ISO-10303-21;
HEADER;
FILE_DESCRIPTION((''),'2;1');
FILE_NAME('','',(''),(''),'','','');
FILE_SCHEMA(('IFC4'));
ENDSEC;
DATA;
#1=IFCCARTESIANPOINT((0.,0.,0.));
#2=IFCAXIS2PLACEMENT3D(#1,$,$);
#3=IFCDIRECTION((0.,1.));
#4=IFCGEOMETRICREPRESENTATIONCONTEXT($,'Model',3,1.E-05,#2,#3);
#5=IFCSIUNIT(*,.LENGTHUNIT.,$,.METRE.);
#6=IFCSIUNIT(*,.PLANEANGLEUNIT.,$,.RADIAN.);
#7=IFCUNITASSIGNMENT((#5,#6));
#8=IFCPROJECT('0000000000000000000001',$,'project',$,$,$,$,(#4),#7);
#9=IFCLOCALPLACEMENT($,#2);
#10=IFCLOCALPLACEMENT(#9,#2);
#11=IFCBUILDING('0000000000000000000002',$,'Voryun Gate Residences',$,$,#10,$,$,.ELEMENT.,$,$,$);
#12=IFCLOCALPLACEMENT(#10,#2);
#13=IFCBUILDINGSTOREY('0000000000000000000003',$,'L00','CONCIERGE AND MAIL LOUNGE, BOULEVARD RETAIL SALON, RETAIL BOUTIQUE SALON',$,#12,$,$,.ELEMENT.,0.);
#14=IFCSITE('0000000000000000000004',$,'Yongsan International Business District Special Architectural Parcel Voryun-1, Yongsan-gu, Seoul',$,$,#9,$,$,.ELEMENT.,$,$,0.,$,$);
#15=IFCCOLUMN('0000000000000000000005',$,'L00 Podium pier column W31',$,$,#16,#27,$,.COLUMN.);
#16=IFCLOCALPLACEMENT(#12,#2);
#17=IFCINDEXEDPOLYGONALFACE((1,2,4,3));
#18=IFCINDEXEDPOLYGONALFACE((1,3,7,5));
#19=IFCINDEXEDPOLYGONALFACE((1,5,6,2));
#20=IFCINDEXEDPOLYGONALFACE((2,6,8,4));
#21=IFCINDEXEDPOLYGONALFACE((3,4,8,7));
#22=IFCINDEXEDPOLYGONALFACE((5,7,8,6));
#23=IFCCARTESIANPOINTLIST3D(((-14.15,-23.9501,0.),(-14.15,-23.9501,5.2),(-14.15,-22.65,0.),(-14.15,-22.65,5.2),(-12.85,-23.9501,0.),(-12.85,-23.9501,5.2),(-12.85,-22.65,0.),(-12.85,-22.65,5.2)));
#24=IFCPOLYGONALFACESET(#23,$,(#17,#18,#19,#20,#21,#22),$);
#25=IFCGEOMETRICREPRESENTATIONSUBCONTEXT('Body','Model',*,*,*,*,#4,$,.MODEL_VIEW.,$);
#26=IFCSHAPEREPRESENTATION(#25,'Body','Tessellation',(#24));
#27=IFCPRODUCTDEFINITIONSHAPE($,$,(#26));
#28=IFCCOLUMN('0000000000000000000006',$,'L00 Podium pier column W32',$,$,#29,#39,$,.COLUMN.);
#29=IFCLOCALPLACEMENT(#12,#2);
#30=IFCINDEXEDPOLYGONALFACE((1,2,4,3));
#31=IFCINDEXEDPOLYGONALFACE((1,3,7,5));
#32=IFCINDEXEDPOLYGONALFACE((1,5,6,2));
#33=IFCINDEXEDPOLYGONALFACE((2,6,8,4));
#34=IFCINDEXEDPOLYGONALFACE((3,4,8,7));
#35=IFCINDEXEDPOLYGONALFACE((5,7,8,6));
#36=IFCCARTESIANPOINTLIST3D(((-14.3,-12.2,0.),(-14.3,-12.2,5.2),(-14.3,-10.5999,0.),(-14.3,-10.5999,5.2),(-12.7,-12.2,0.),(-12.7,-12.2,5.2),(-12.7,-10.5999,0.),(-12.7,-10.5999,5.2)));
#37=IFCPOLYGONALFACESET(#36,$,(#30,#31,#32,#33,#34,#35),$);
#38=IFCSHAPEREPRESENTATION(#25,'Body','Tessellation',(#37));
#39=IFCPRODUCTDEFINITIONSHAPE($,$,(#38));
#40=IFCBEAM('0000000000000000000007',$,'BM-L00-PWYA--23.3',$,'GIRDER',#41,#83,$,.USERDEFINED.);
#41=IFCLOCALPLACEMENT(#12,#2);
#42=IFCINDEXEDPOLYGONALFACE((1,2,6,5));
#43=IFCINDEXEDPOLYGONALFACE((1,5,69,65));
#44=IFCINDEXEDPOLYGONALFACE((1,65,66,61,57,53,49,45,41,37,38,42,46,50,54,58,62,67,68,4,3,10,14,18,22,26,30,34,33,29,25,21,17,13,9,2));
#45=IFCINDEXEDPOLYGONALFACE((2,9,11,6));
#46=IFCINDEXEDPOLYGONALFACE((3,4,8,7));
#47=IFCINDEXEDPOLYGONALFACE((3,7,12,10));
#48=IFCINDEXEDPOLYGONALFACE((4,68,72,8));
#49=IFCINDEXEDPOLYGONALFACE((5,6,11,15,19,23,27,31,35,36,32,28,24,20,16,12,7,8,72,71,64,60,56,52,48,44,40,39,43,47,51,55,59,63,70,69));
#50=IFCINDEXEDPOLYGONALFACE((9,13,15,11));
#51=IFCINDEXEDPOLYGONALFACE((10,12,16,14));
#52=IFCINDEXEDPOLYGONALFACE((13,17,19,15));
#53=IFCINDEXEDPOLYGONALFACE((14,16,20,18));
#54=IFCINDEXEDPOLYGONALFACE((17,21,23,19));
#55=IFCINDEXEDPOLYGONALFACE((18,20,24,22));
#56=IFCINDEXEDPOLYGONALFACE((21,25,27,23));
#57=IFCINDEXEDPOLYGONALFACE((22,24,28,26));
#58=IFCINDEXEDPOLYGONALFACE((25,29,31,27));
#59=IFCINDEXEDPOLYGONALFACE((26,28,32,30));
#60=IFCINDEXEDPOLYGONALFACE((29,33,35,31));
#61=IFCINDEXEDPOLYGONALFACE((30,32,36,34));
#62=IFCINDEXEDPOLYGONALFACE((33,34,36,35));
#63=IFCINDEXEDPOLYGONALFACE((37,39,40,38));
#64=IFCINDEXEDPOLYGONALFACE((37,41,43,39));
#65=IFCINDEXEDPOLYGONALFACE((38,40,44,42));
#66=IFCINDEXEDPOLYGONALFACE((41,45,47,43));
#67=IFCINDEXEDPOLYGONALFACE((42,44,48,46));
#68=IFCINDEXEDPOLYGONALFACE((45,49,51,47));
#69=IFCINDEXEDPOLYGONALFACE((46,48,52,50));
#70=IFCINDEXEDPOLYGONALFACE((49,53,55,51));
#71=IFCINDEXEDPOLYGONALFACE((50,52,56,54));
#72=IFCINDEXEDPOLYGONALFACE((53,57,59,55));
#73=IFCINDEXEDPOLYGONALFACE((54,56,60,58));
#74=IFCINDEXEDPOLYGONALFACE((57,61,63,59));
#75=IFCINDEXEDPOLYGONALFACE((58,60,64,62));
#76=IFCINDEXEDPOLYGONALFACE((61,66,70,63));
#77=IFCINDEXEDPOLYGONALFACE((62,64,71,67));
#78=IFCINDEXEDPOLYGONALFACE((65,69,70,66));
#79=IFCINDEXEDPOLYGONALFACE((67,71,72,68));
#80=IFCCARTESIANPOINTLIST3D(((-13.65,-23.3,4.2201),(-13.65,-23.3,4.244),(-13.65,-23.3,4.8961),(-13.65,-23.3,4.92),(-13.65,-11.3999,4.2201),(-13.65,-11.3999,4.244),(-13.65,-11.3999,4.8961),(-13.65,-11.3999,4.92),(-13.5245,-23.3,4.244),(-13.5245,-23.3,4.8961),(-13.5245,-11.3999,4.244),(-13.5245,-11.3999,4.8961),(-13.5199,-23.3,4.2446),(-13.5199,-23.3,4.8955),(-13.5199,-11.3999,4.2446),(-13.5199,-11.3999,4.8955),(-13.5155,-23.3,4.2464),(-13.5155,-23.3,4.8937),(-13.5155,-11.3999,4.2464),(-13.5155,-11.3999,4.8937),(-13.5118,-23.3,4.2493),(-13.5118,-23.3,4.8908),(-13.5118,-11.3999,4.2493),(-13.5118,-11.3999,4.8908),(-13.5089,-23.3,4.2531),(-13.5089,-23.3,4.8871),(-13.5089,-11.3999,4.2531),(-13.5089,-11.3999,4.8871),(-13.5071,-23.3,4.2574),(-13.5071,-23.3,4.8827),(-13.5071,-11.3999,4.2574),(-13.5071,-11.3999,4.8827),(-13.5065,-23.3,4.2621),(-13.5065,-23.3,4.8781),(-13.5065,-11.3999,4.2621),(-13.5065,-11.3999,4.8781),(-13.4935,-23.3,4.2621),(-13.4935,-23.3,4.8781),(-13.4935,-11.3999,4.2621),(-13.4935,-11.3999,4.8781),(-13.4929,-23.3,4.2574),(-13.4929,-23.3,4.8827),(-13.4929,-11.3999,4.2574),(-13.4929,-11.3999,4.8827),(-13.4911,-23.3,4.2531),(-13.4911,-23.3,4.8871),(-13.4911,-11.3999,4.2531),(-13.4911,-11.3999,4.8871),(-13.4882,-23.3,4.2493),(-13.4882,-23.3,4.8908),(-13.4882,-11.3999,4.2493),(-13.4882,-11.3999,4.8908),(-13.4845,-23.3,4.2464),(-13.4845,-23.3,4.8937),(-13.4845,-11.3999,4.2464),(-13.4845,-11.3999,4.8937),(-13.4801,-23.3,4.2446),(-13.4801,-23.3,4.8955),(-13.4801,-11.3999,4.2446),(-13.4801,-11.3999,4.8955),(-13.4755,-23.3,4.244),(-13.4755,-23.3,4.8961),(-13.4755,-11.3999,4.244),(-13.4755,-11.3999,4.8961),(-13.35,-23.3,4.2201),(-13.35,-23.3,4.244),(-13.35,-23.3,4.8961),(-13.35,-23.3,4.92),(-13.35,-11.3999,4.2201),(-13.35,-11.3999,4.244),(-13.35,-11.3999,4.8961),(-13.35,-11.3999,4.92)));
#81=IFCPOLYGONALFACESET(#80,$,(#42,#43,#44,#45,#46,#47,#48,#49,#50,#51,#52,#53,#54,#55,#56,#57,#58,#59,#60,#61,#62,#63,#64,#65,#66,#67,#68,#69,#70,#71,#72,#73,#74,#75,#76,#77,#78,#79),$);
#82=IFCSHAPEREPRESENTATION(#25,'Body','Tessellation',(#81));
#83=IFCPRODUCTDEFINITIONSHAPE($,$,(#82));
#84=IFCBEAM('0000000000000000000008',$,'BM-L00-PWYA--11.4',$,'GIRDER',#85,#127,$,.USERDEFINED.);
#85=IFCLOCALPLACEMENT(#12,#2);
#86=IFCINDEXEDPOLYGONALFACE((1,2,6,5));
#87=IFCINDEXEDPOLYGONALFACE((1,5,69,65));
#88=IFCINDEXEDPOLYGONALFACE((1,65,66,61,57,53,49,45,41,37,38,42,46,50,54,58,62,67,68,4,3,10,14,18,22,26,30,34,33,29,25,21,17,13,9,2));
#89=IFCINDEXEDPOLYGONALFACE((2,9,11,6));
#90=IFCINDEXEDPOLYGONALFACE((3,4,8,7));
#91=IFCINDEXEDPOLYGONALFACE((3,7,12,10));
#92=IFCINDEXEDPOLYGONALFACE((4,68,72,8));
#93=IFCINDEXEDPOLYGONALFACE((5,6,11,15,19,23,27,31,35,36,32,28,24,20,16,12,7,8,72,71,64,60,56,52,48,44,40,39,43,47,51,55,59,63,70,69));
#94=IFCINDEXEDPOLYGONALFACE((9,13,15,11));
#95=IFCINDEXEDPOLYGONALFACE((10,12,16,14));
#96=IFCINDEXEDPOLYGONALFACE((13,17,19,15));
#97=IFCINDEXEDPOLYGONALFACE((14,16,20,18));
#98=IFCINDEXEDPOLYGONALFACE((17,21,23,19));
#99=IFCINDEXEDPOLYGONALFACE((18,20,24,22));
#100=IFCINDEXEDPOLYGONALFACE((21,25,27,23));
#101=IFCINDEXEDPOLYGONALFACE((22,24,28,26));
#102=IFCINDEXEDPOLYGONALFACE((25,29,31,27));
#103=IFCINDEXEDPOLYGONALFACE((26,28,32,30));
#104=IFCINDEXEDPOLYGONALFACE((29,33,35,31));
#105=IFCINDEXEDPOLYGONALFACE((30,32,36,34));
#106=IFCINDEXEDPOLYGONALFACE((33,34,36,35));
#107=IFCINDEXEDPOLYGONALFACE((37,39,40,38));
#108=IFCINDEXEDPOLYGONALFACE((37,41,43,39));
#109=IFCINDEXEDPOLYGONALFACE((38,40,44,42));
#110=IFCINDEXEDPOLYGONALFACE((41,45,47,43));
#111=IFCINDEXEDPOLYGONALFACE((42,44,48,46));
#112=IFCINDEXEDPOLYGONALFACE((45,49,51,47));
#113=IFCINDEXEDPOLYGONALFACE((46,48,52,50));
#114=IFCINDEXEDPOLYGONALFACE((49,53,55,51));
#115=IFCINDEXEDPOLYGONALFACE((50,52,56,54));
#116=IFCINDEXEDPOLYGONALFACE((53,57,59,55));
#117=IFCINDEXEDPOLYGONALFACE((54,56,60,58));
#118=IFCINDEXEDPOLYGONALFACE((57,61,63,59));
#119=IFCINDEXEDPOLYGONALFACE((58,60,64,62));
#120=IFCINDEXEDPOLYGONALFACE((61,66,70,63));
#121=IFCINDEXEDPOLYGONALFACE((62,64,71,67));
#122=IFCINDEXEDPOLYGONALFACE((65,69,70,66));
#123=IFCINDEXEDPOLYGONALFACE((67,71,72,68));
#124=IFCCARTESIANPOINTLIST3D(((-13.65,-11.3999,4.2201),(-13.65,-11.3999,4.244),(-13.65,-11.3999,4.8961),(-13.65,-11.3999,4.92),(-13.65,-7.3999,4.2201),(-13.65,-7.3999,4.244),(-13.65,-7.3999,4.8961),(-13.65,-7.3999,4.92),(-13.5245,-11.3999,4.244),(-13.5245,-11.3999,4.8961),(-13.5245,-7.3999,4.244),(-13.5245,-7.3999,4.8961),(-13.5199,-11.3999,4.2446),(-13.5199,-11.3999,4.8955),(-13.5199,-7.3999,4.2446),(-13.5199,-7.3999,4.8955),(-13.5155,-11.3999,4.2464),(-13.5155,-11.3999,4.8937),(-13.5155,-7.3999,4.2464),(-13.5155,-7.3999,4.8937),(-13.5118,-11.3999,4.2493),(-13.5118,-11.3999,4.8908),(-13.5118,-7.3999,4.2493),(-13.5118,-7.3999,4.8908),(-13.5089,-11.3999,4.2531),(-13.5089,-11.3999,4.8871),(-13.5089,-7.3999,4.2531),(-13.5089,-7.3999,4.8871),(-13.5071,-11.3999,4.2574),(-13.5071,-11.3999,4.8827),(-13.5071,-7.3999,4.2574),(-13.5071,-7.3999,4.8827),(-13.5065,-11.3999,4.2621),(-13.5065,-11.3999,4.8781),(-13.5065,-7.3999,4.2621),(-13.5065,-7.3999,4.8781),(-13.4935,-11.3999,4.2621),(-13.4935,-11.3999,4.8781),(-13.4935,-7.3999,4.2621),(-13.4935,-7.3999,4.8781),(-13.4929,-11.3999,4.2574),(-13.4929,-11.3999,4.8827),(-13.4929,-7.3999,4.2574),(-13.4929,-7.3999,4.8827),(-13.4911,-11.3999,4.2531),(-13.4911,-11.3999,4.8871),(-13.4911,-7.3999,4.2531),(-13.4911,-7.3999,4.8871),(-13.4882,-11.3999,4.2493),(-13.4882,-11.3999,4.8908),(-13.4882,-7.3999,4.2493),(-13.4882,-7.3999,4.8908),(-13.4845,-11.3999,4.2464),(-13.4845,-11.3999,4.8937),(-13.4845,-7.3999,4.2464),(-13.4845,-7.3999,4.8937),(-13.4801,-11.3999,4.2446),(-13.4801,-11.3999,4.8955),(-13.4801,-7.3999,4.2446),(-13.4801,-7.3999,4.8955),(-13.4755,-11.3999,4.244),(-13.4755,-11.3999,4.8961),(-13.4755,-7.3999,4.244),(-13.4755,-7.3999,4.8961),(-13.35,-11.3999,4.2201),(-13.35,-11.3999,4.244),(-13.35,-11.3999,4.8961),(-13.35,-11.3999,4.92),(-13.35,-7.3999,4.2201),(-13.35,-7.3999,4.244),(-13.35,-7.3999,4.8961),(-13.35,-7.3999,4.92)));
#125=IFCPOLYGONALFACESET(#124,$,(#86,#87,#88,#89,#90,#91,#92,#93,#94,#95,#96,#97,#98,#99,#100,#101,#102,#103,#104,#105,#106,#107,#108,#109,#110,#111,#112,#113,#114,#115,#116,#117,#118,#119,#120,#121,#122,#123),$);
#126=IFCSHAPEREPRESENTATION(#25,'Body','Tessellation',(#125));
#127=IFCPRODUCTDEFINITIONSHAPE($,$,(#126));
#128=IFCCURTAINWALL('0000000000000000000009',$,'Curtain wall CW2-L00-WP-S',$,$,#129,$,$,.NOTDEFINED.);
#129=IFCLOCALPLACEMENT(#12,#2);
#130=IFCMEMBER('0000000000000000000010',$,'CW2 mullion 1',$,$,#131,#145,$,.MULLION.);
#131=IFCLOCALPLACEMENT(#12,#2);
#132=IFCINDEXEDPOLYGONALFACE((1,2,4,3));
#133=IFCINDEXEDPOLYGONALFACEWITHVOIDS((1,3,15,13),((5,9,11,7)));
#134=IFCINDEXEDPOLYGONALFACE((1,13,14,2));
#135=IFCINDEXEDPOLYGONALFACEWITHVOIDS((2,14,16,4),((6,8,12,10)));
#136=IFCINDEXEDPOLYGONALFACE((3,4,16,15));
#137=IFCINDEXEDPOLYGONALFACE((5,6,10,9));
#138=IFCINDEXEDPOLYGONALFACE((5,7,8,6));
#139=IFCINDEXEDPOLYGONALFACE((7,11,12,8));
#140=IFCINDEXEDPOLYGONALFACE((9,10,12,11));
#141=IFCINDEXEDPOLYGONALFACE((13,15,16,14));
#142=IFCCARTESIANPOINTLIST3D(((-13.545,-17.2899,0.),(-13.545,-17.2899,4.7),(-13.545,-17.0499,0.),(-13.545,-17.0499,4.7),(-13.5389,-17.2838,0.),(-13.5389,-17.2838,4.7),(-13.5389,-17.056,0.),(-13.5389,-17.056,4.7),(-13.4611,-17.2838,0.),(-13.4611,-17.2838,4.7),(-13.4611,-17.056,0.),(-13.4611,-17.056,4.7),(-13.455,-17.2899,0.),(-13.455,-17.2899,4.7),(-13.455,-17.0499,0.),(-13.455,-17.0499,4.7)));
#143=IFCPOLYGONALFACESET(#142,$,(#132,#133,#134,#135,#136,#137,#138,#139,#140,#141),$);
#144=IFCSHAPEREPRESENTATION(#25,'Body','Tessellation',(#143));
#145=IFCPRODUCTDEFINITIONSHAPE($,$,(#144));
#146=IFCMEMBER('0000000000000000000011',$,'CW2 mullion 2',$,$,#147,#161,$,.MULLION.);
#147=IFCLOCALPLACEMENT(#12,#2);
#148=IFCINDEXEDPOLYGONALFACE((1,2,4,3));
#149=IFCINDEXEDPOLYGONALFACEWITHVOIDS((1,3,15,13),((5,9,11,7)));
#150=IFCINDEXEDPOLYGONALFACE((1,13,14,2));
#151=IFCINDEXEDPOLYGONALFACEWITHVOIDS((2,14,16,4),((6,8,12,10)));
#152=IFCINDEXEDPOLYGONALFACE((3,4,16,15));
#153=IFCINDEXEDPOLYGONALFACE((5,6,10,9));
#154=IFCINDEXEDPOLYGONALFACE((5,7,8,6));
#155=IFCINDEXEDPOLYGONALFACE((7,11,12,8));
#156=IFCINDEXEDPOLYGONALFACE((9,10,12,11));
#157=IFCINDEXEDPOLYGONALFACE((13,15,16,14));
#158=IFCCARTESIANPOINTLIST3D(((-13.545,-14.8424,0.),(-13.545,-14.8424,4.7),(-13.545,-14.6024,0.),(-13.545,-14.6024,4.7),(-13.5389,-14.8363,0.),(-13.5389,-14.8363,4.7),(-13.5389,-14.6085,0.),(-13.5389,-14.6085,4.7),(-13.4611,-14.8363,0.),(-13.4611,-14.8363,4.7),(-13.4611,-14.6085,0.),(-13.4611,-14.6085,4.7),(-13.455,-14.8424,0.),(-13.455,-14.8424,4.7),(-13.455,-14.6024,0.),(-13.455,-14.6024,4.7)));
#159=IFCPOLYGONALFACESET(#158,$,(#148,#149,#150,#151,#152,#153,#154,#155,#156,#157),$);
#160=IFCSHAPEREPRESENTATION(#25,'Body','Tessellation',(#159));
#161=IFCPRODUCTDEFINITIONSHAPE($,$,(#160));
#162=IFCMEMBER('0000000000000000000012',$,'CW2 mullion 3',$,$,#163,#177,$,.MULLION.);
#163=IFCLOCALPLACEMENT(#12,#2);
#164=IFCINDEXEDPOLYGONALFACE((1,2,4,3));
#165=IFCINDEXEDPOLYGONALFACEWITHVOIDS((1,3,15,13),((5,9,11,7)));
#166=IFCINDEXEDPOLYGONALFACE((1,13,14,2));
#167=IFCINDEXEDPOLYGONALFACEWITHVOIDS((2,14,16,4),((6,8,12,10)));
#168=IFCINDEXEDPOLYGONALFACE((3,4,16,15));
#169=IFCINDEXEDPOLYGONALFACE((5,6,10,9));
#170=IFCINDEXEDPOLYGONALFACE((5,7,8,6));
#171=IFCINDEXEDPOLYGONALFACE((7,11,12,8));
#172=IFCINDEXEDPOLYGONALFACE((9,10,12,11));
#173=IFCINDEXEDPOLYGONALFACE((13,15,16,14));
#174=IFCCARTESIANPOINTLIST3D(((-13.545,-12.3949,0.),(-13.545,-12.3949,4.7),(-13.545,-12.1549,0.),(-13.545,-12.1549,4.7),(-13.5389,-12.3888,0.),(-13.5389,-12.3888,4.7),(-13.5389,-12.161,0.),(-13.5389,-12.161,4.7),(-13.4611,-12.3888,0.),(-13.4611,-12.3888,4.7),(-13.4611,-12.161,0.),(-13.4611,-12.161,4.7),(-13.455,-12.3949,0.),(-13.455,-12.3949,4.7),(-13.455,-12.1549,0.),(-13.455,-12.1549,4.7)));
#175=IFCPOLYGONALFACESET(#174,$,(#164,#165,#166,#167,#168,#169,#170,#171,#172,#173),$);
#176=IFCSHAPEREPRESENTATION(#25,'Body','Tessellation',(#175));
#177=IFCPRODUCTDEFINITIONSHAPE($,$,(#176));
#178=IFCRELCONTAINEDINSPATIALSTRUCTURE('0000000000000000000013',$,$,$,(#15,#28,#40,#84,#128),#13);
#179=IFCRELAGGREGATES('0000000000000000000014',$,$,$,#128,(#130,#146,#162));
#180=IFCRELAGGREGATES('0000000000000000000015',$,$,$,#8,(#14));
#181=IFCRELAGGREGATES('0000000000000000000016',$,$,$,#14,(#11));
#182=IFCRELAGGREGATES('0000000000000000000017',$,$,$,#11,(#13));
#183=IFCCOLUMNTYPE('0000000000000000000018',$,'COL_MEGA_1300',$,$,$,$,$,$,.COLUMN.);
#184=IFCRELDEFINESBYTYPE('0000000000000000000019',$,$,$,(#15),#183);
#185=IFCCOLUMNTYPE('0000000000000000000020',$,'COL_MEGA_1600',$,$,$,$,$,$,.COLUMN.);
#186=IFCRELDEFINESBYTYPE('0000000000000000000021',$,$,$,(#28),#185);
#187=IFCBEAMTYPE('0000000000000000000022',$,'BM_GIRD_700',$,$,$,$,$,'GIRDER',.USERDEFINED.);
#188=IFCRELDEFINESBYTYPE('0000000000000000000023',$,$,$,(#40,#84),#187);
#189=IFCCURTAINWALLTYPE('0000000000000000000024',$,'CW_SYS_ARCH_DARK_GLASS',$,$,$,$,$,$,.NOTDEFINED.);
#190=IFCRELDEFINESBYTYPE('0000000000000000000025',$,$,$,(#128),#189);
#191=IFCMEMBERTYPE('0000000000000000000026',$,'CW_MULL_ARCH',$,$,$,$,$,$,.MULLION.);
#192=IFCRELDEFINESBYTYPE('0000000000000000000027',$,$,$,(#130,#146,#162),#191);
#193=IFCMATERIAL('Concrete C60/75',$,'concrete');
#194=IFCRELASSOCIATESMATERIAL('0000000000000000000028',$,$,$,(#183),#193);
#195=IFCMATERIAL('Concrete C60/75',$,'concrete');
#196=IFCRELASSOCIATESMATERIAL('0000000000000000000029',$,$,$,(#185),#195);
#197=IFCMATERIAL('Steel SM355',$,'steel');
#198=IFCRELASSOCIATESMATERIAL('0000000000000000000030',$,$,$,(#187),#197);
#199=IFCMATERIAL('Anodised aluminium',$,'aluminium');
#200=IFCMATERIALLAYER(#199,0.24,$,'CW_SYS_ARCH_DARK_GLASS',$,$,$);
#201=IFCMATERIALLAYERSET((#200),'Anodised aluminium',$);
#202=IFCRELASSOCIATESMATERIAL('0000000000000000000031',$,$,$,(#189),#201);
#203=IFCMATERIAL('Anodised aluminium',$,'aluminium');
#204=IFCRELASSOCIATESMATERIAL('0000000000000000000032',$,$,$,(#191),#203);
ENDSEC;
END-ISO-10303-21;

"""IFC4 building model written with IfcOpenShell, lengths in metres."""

from ifc_helpers import new_model, si_unit, direction, frame, origin, origin_2d, place, context, subcontext, project, spatial, rectangle, hollow_rectangle, i_section, extrude, material, layer, layer_set, material_profile, profile_set, type_object, element, aggregate, save


model = new_model("IFC4")

# Units and contexts
model_context = context("Model", 3, precision=1e-05, world=origin(), true_north=direction((0.0, 1.0)))
body_context = subcontext(model_context, "Body", "Model", "MODEL_VIEW")
ifc_project = project(units=[si_unit("LENGTHUNIT", "METRE"), si_unit("PLANEANGLEUNIT", "RADIAN")], contexts=[model_context])

# Site, building, storey
site_placement = place(None, origin())
site = spatial("IfcSite", under=ifc_project, at=site_placement, Name="Yongsan International Business District Special Architectural Parcel Voryun-1, Yongsan-gu, Seoul", CompositionType="ELEMENT", RefElevation=0.0)
building_placement = place(site_placement, origin())
building = spatial("IfcBuilding", under=site, at=building_placement, Name="Voryun Gate Residences", CompositionType="ELEMENT")
storey_placement = place(building_placement, origin())
storey = spatial("IfcBuildingStorey", under=building, at=storey_placement, Name="L00", Description="CONCIERGE AND MAIL LOUNGE, BOULEVARD RETAIL SALON, RETAIL BOUTIQUE SALON", CompositionType="ELEMENT", Elevation=0.0)

# Columns
ifc_material_1 = material(Name="Concrete C60/75", Category="concrete")
ifc_material_profile_1 = material_profile(ifc_material_1, rectangle(XDim=1.3, YDim=1.3, at=origin_2d()), Name="RC-1300x1300")
ifc_profile_set_1 = profile_set([ifc_material_profile_1], Name="Concrete C60/75")
column_type_1 = type_object("IfcColumnType", Name="COL_MEGA_1300", PredefinedType="COLUMN", material=ifc_profile_set_1)
column_1_placement = place(storey_placement, frame((-13.5, -23.3, 0.0), z_axis=(0.0, 0.0, 1.0), x_axis=(1.0, 0.0, 0.0)))
element("IfcColumn", 1, at=column_1_placement, inside=storey, type_object=column_type_1, Name="L00 Podium pier column W31", PredefinedType="COLUMN", context=body_context, shape_type="SweptSolid", body=[
    extrude(rectangle(XDim=1.3, YDim=1.3, at=origin_2d()), origin(), (0.0, 0.0, 1.0), 5.2),
])
ifc_material_2 = material(Name="Concrete C60/75", Category="concrete")
ifc_material_profile_2 = material_profile(ifc_material_2, rectangle(XDim=1.6001, YDim=1.6001, at=origin_2d()), Name="RC-1600x1600")
ifc_profile_set_2 = profile_set([ifc_material_profile_2], Name="Concrete C60/75")
column_type_2 = type_object("IfcColumnType", Name="COL_MEGA_1600", PredefinedType="COLUMN", material=ifc_profile_set_2)
column_2_placement = place(storey_placement, frame((-13.5, -11.3999, 0.0), z_axis=(0.0, 0.0, 1.0), x_axis=(1.0, 0.0, 0.0)))
element("IfcColumn", 2, at=column_2_placement, inside=storey, type_object=column_type_2, Name="L00 Podium pier column W32", PredefinedType="COLUMN", context=body_context, shape_type="SweptSolid", body=[
    extrude(rectangle(XDim=1.6001, YDim=1.6001, at=origin_2d()), origin(), (0.0, 0.0, 1.0), 5.2),
])

# Beams
ifc_material_3 = material(Name="Steel SM355", Category="steel")
ifc_material_profile_3 = material_profile(ifc_material_3, i_section(OverallWidth=0.3, OverallDepth=0.7, WebThickness=0.0129, FlangeThickness=0.0239, FilletRadius=0.0181, at=origin_2d()), Name="H-700x300x13x24")
ifc_profile_set_3 = profile_set([ifc_material_profile_3], Name="Steel SM355")
beam_type = type_object("IfcBeamType", Name="BM_GIRD_700", ElementType="GIRDER", PredefinedType="USERDEFINED", material=ifc_profile_set_3)
beam_1_placement = place(storey_placement, frame((-13.5, -23.3, 4.5701), z_axis=(0.0, 1.0, 0.0), x_axis=(-1.0, 0.0, 0.0)))
element("IfcBeam", 3, at=beam_1_placement, inside=storey, type_object=beam_type, Name="BM-L00-PWYA--23.3", ObjectType="GIRDER", PredefinedType="USERDEFINED", context=body_context, shape_type="SweptSolid", body=[
    extrude(i_section(OverallWidth=0.3, OverallDepth=0.7, WebThickness=0.0129, FlangeThickness=0.0239, FilletRadius=0.0181, at=origin_2d()), origin(), (0.0, 0.0, 1.0), 11.9001),
])
beam_2_placement = place(storey_placement, frame((-13.5, -11.3999, 4.5701), z_axis=(0.0, 1.0, 0.0), x_axis=(-1.0, 0.0, 0.0)))
element("IfcBeam", 4, at=beam_2_placement, inside=storey, type_object=beam_type, Name="BM-L00-PWYA--11.4", ObjectType="GIRDER", PredefinedType="USERDEFINED", context=body_context, shape_type="SweptSolid", body=[
    extrude(i_section(OverallWidth=0.3, OverallDepth=0.7, WebThickness=0.0129, FlangeThickness=0.0239, FilletRadius=0.0181, at=origin_2d()), origin(), (0.0, 0.0, 1.0), 4.0),
])

# Curtain wall, members
ifc_material_4 = material(Name="Anodised aluminium", Category="aluminium")
ifc_layer_1 = layer(ifc_material_4, 0.24, Name="CW_SYS_ARCH_DARK_GLASS")
ifc_layer_set_1 = layer_set([ifc_layer_1], Name="Anodised aluminium")
curtain_wall_type = type_object("IfcCurtainWallType", Name="CW_SYS_ARCH_DARK_GLASS", PredefinedType="NOTDEFINED", material=ifc_layer_set_1)
curtain_wall_1_placement = place(storey_placement, origin())
curtain_wall_1 = element("IfcCurtainWall", 5, at=curtain_wall_1_placement, inside=storey, type_object=curtain_wall_type, Name="Curtain wall CW2-L00-WP-S", PredefinedType="NOTDEFINED")
ifc_material_5 = material(Name="Anodised aluminium", Category="aluminium")
ifc_material_profile_4 = material_profile(ifc_material_5, hollow_rectangle(XDim=0.0901, YDim=0.24, WallThickness=0.0061, at=origin_2d()), Name="ALU-MULL-240x90x6")
ifc_profile_set_4 = profile_set([ifc_material_profile_4], Name="Anodised aluminium")
member_type_1 = type_object("IfcMemberType", Name="CW_MULL_ARCH", PredefinedType="MULLION", material=ifc_profile_set_4)
member_1_placement = place(storey_placement, frame((-13.5, -17.1699, 0.0), z_axis=(0.0, 0.0, 1.0), x_axis=(-1.0, 0.0, 0.0)))
member_1 = element("IfcMember", 6, at=member_1_placement, type_object=member_type_1, Name="CW2 mullion 1", PredefinedType="MULLION", context=body_context, shape_type="SweptSolid", body=[
    extrude(hollow_rectangle(XDim=0.0901, YDim=0.24, WallThickness=0.0061, at=origin_2d()), origin(), (0.0, 0.0, 1.0), 4.7),
])
member_2_placement = place(storey_placement, frame((-13.5, -14.7224, 0.0), z_axis=(0.0, 0.0, 1.0), x_axis=(-1.0, 0.0, 0.0)))
member_2 = element("IfcMember", 7, at=member_2_placement, type_object=member_type_1, Name="CW2 mullion 2", PredefinedType="MULLION", context=body_context, shape_type="SweptSolid", body=[
    extrude(hollow_rectangle(XDim=0.0901, YDim=0.24, WallThickness=0.0061, at=origin_2d()), origin(), (0.0, 0.0, 1.0), 4.7),
])
member_3_placement = place(storey_placement, frame((-13.5, -12.2749, 0.0), z_axis=(0.0, 0.0, 1.0), x_axis=(-1.0, 0.0, 0.0)))
member_3 = element("IfcMember", 8, at=member_3_placement, type_object=member_type_1, Name="CW2 mullion 3", PredefinedType="MULLION", context=body_context, shape_type="SweptSolid", body=[
    extrude(hollow_rectangle(XDim=0.0901, YDim=0.24, WallThickness=0.0061, at=origin_2d()), origin(), (0.0, 0.0, 1.0), 4.7),
])

aggregate(curtain_wall_1, [member_1, member_2, member_3])

save(model, "model.ifc")
